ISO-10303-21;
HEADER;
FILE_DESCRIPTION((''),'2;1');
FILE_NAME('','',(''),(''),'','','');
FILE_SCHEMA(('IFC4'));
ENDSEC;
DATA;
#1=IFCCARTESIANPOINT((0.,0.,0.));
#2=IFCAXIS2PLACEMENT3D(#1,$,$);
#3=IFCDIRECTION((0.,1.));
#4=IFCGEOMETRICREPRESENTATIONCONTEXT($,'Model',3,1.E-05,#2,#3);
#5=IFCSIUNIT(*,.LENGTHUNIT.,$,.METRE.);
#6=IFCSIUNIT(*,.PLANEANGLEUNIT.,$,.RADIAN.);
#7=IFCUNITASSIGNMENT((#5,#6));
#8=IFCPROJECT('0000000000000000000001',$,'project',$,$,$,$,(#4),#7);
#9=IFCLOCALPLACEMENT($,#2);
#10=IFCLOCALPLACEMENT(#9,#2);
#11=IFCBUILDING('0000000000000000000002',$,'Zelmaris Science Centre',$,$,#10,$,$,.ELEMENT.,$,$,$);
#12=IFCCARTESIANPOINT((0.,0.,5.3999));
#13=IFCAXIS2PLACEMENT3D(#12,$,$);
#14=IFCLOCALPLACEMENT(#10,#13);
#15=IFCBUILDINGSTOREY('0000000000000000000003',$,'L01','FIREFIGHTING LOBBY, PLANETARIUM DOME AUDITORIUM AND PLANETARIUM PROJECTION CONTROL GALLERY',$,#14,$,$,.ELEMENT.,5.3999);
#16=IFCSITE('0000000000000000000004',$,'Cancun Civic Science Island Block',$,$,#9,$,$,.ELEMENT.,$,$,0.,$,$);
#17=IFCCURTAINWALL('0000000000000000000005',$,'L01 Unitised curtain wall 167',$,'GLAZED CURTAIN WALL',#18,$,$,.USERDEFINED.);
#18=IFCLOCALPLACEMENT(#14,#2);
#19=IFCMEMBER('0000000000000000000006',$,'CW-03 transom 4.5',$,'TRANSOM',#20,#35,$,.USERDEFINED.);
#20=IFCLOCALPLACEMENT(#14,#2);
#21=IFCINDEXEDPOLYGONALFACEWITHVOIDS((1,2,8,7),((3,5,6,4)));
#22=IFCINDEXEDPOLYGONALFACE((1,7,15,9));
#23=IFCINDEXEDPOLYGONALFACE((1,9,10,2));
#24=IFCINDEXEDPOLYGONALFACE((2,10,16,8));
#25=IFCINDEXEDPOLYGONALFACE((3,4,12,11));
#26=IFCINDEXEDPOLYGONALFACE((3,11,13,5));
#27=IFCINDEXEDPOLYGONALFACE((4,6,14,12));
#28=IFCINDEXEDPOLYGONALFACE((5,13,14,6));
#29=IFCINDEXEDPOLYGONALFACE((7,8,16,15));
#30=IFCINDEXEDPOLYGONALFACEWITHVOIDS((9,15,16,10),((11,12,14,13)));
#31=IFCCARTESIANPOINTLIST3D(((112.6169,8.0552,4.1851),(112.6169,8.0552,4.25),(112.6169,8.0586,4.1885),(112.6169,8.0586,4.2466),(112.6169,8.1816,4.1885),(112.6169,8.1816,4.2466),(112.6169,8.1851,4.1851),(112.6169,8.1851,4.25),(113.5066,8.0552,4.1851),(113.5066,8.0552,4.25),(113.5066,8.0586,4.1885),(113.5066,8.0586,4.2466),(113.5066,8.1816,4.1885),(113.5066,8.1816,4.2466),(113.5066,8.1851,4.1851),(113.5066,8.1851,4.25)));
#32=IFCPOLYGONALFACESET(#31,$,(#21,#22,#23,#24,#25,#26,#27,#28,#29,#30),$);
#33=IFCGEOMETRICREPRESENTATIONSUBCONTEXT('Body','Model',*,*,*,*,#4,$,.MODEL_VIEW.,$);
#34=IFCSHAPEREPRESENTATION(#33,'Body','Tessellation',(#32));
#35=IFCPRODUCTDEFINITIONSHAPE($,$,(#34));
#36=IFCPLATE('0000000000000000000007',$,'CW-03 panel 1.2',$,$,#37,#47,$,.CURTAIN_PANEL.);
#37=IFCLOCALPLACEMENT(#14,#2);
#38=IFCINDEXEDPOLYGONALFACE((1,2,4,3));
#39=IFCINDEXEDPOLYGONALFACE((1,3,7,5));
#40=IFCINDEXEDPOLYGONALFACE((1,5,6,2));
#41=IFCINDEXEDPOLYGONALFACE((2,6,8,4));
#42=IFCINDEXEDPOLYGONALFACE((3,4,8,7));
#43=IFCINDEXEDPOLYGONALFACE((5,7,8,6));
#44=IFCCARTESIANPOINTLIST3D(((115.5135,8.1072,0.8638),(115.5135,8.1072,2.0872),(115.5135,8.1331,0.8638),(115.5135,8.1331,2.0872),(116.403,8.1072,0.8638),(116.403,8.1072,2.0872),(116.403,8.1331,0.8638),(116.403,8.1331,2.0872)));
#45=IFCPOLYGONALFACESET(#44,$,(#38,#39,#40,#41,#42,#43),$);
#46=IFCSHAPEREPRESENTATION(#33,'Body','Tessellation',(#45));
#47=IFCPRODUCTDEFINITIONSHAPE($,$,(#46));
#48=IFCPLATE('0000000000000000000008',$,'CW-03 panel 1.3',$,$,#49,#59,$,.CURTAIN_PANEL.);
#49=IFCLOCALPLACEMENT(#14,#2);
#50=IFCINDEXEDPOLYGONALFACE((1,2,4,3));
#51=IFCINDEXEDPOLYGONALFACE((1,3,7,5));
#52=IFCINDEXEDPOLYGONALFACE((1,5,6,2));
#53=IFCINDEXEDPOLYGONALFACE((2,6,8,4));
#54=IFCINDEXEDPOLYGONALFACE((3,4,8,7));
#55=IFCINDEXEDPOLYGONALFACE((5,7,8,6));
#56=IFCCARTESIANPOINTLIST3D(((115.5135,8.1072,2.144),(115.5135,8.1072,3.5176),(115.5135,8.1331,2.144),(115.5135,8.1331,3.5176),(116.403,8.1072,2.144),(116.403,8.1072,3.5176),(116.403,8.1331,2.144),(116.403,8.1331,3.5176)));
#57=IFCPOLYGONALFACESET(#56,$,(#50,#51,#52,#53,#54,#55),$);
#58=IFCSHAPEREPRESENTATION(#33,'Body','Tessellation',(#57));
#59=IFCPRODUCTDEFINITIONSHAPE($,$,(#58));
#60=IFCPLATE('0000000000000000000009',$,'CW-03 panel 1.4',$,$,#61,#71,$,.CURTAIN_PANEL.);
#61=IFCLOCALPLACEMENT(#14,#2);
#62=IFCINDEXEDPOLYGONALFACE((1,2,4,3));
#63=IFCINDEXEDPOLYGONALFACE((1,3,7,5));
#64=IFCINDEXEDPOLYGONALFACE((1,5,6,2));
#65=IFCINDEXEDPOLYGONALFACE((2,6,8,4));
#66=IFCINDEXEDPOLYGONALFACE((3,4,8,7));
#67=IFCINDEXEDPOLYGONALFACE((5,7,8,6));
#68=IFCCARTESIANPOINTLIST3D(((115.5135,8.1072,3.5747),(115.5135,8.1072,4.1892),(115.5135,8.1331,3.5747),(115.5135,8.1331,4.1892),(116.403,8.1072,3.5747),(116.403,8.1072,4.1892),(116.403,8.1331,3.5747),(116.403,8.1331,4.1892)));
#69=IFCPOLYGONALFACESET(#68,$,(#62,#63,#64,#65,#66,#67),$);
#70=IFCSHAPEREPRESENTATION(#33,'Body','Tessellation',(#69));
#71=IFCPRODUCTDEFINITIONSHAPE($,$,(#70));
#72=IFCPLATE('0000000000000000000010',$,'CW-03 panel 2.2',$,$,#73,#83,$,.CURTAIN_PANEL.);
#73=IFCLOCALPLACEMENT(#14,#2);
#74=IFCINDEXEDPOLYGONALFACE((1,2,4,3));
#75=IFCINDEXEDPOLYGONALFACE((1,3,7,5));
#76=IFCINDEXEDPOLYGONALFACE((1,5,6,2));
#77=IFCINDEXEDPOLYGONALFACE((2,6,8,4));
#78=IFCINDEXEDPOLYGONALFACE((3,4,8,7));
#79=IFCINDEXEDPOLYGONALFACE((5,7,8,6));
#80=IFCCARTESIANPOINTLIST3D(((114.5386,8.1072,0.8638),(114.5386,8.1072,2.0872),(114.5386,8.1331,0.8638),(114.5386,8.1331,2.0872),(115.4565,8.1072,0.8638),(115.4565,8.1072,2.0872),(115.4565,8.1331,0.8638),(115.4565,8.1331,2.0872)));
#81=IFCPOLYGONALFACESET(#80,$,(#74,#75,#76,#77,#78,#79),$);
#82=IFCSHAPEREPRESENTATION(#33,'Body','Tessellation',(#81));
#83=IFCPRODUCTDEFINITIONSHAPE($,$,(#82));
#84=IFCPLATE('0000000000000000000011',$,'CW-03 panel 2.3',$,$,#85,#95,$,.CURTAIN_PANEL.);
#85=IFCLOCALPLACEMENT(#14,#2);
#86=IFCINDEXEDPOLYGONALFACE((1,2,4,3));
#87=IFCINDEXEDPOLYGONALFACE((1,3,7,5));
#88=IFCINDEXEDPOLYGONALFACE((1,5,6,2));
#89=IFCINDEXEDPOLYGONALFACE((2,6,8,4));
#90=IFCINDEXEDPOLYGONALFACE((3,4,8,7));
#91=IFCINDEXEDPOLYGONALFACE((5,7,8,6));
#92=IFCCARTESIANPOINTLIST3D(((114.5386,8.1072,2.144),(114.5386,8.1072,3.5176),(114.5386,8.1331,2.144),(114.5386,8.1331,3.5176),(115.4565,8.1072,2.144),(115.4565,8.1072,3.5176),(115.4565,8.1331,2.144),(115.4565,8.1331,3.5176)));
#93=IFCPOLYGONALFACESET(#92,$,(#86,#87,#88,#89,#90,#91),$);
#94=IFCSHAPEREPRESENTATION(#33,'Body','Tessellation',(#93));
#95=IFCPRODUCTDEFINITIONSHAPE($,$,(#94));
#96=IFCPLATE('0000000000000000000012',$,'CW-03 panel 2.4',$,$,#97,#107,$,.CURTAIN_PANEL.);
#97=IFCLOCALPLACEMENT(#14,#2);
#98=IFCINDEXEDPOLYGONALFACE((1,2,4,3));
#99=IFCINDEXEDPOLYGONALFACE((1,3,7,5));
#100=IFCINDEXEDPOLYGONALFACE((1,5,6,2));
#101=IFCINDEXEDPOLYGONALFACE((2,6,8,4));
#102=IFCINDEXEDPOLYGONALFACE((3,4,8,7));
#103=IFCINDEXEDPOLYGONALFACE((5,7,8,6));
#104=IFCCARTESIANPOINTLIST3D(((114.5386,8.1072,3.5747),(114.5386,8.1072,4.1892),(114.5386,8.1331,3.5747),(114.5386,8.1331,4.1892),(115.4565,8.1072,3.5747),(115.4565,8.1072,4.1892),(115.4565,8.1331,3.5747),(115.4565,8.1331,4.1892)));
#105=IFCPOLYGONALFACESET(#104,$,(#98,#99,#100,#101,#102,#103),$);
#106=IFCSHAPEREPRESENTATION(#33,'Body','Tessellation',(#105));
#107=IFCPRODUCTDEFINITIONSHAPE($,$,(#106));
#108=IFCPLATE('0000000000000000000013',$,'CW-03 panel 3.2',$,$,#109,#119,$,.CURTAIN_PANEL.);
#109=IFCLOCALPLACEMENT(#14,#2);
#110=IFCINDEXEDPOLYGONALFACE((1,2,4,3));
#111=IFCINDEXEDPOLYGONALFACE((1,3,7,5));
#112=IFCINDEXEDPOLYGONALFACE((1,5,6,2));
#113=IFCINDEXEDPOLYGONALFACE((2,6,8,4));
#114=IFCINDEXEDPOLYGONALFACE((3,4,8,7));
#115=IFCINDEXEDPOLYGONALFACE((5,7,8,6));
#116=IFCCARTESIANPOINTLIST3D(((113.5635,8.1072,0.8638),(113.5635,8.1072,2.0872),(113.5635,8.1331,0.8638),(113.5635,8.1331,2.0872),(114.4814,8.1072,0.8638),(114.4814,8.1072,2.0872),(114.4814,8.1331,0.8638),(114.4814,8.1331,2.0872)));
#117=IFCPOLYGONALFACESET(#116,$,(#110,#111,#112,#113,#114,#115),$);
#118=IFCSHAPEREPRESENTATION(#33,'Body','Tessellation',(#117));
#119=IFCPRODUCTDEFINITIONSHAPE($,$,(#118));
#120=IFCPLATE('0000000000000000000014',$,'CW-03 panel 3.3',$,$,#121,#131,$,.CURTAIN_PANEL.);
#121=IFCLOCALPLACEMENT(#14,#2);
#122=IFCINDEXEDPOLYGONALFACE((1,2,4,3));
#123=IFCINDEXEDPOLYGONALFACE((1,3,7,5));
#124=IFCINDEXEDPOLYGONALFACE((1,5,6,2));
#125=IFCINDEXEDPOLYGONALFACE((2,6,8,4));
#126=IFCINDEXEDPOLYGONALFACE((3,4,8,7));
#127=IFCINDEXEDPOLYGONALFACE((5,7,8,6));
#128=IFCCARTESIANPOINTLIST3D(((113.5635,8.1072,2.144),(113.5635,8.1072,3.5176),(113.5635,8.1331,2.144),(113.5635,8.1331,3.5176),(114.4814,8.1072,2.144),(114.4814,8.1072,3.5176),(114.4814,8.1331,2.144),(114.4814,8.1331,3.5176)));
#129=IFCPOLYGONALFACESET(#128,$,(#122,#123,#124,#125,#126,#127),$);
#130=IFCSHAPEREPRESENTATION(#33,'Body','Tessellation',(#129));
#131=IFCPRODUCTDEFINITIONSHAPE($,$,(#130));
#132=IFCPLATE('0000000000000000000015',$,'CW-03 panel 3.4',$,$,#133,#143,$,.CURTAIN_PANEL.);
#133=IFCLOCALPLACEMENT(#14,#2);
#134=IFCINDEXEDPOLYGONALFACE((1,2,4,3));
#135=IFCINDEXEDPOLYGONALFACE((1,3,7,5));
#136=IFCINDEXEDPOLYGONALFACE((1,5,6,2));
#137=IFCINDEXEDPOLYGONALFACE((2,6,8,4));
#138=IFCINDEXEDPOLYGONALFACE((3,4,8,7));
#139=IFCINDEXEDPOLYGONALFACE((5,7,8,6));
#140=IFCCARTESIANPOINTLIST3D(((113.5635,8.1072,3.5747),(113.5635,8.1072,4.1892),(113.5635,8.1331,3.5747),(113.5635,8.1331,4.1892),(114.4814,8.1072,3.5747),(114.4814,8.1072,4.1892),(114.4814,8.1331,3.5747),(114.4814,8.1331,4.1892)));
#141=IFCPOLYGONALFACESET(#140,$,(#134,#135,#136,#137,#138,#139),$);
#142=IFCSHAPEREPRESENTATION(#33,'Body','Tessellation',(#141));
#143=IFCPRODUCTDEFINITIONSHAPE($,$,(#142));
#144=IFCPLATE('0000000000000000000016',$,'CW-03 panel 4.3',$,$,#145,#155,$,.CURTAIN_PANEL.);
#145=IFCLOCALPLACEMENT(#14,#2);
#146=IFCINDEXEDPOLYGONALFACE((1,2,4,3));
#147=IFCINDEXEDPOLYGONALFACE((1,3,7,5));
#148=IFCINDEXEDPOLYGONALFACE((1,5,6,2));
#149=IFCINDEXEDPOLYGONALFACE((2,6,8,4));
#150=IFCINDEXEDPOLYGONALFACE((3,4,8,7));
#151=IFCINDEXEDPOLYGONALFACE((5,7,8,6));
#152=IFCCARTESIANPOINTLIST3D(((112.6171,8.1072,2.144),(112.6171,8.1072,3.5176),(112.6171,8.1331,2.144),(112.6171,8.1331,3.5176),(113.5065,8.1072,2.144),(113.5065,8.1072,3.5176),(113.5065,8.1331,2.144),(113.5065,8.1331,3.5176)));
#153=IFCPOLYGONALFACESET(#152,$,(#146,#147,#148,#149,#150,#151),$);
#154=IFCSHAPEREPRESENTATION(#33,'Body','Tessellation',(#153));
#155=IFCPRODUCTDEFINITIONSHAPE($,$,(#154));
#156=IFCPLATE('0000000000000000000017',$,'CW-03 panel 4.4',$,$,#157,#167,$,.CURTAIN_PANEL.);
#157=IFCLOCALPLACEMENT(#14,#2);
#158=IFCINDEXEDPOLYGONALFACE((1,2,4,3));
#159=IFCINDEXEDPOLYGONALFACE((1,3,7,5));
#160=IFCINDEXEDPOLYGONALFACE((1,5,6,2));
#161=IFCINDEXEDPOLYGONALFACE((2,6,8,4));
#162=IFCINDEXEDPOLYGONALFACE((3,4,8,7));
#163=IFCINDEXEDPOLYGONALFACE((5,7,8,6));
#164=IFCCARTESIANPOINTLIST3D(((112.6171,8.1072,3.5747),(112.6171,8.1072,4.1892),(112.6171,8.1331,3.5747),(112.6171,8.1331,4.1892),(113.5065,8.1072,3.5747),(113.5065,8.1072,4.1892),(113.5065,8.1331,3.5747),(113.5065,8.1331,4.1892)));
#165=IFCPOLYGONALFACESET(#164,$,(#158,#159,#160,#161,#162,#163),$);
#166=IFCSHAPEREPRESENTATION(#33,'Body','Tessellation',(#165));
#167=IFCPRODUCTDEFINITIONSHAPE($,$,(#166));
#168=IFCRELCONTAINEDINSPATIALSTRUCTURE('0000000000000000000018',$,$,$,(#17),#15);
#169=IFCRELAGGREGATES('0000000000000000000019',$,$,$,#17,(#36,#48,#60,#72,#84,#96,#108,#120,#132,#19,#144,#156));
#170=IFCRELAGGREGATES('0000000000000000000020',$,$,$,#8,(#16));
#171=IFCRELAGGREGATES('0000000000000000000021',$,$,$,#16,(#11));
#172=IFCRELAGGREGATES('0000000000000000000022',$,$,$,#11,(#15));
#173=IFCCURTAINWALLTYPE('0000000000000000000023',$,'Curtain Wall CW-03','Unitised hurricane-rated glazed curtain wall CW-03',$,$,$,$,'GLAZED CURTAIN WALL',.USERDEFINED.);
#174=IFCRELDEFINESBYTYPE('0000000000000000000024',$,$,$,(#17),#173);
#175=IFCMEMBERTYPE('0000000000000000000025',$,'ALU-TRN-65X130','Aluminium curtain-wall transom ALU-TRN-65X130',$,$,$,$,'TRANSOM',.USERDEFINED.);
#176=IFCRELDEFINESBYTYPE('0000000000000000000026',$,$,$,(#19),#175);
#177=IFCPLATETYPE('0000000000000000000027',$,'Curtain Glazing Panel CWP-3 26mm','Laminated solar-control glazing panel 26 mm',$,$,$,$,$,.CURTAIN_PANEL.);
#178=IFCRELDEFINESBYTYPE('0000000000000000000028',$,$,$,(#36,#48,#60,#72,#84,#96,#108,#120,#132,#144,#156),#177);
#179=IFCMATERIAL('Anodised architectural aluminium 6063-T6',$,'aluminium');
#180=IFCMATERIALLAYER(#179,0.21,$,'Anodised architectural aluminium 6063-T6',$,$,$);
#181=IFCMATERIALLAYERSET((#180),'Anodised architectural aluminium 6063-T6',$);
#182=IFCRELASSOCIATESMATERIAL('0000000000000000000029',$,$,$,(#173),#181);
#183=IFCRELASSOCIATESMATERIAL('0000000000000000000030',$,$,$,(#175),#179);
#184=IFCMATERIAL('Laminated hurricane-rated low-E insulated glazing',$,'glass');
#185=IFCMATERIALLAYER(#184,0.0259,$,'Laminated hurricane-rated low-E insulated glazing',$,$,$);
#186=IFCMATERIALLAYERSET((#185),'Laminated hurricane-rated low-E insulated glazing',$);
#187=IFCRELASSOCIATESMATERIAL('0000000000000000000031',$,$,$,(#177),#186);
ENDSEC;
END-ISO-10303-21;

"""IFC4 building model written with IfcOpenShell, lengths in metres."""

from ifc_helpers import new_model, si_unit, direction, frame, origin, origin_2d, place, context, subcontext, project, spatial, rectangle, hollow_rectangle, extrude, material, layer, layer_set, material_profile, profile_set, type_object, element, aggregate, save


model = new_model("IFC4")

# Units and contexts
model_context = context("Model", 3, precision=1e-05, world=origin(), true_north=direction((0.0, 1.0)))
body_context = subcontext(model_context, "Body", "Model", "MODEL_VIEW")
ifc_project = project(units=[si_unit("LENGTHUNIT", "METRE"), si_unit("PLANEANGLEUNIT", "RADIAN")], contexts=[model_context])

# Site, building, storey
site_placement = place(None, origin())
site = spatial("IfcSite", under=ifc_project, at=site_placement, Name="Cancun Civic Science Island Block", CompositionType="ELEMENT", RefElevation=0.0)
building_placement = place(site_placement, origin())
building = spatial("IfcBuilding", under=site, at=building_placement, Name="Zelmaris Science Centre", CompositionType="ELEMENT")
storey_placement = place(building_placement, frame((0.0, 0.0, 5.3999)))
storey = spatial("IfcBuildingStorey", under=building, at=storey_placement, Name="L01", Description="FIREFIGHTING LOBBY, PLANETARIUM DOME AUDITORIUM AND PLANETARIUM PROJECTION CONTROL GALLERY", CompositionType="ELEMENT", Elevation=5.3999)

# Curtain wall, member, plates
ifc_material_1 = material(Name="Anodised architectural aluminium 6063-T6", Category="aluminium")
ifc_layer_1 = layer(ifc_material_1, 0.21, Name="Anodised architectural aluminium 6063-T6")
ifc_layer_set_1 = layer_set([ifc_layer_1], Name="Anodised architectural aluminium 6063-T6")
curtain_wall_type = type_object("IfcCurtainWallType", Name="Curtain Wall CW-03", Description="Unitised hurricane-rated glazed curtain wall CW-03", ElementType="GLAZED CURTAIN WALL", PredefinedType="USERDEFINED", material=ifc_layer_set_1)
curtain_wall_placement = place(storey_placement, origin())
curtain_wall = element("IfcCurtainWall", 1, at=curtain_wall_placement, inside=storey, type_object=curtain_wall_type, Name="L01 Unitised curtain wall 167", ObjectType="GLAZED CURTAIN WALL", PredefinedType="USERDEFINED")
ifc_material_profile = material_profile(ifc_material_1, hollow_rectangle(XDim=0.0649, YDim=0.1299, WallThickness=0.0034, at=origin_2d()), Name="ALU-TRN-65X130")
ifc_profile_set = profile_set([ifc_material_profile], Name="Anodised architectural aluminium 6063-T6")
member_type = type_object("IfcMemberType", Name="ALU-TRN-65X130", Description="Aluminium curtain-wall transom ALU-TRN-65X130", ElementType="TRANSOM", PredefinedType="USERDEFINED", material=ifc_profile_set)
member_1_placement = place(storey_placement, frame((113.5066, 8.1201, 4.2175), z_axis=(-1.0, 0.0, 0.0), x_axis=(0.0, 0.0, 1.0)))
member_1 = element("IfcMember", 2, at=member_1_placement, type_object=member_type, Name="CW-03 transom 4.5", ObjectType="TRANSOM", PredefinedType="USERDEFINED", context=body_context, shape_type="SweptSolid", body=[
    extrude(hollow_rectangle(XDim=0.0649, YDim=0.1299, WallThickness=0.0034, at=origin_2d()), origin(), (0.0, 0.0, 1.0), 0.8896),
])
ifc_material_2 = material(Name="Laminated hurricane-rated low-E insulated glazing", Category="glass")
ifc_layer_2 = layer(ifc_material_2, 0.0259, Name="Laminated hurricane-rated low-E insulated glazing")
ifc_layer_set_2 = layer_set([ifc_layer_2], Name="Laminated hurricane-rated low-E insulated glazing")
plate_type = type_object("IfcPlateType", Name="Curtain Glazing Panel CWP-3 26mm", Description="Laminated solar-control glazing panel 26 mm", PredefinedType="CURTAIN_PANEL", material=ifc_layer_set_2)
plate_1_placement = place(storey_placement, frame((115.9583, 8.1201, 0.8638), z_axis=(0.0, 0.0, 1.0), x_axis=(-1.0, 0.0, 0.0)))
plate_1 = element("IfcPlate", 3, at=plate_1_placement, type_object=plate_type, Name="CW-03 panel 1.2", PredefinedType="CURTAIN_PANEL", context=body_context, shape_type="SweptSolid", body=[
    extrude(rectangle(XDim=0.8894, YDim=0.0259, at=origin_2d()), origin(), (0.0, 0.0, 1.0), 1.2234),
])
plate_2_placement = place(storey_placement, frame((115.9583, 8.1201, 2.144), z_axis=(0.0, 0.0, 1.0), x_axis=(-1.0, 0.0, 0.0)))
plate_2 = element("IfcPlate", 4, at=plate_2_placement, type_object=plate_type, Name="CW-03 panel 1.3", PredefinedType="CURTAIN_PANEL", context=body_context, shape_type="SweptSolid", body=[
    extrude(rectangle(XDim=0.8894, YDim=0.0259, at=origin_2d()), origin(), (0.0, 0.0, 1.0), 1.3735),
])
plate_3_placement = place(storey_placement, frame((115.9583, 8.1201, 3.5747), z_axis=(0.0, 0.0, 1.0), x_axis=(-1.0, 0.0, 0.0)))
plate_3 = element("IfcPlate", 5, at=plate_3_placement, type_object=plate_type, Name="CW-03 panel 1.4", PredefinedType="CURTAIN_PANEL", context=body_context, shape_type="SweptSolid", body=[
    extrude(rectangle(XDim=0.8894, YDim=0.0259, at=origin_2d()), origin(), (0.0, 0.0, 1.0), 0.6145),
])
plate_4_placement = place(storey_placement, frame((114.9976, 8.1201, 0.8638), z_axis=(0.0, 0.0, 1.0), x_axis=(-1.0, 0.0, 0.0)))
plate_4 = element("IfcPlate", 6, at=plate_4_placement, type_object=plate_type, Name="CW-03 panel 2.2", PredefinedType="CURTAIN_PANEL", context=body_context, shape_type="SweptSolid", body=[
    extrude(rectangle(XDim=0.918, YDim=0.0259, at=origin_2d()), origin(), (0.0, 0.0, 1.0), 1.2234),
])
plate_5_placement = place(storey_placement, frame((114.9976, 8.1201, 2.144), z_axis=(0.0, 0.0, 1.0), x_axis=(-1.0, 0.0, 0.0)))
plate_5 = element("IfcPlate", 7, at=plate_5_placement, type_object=plate_type, Name="CW-03 panel 2.3", PredefinedType="CURTAIN_PANEL", context=body_context, shape_type="SweptSolid", body=[
    extrude(rectangle(XDim=0.918, YDim=0.0259, at=origin_2d()), origin(), (0.0, 0.0, 1.0), 1.3735),
])
plate_6_placement = place(storey_placement, frame((114.9976, 8.1201, 3.5747), z_axis=(0.0, 0.0, 1.0), x_axis=(-1.0, 0.0, 0.0)))
plate_6 = element("IfcPlate", 8, at=plate_6_placement, type_object=plate_type, Name="CW-03 panel 2.4", PredefinedType="CURTAIN_PANEL", context=body_context, shape_type="SweptSolid", body=[
    extrude(rectangle(XDim=0.918, YDim=0.0259, at=origin_2d()), origin(), (0.0, 0.0, 1.0), 0.6145),
])
plate_7_placement = place(storey_placement, frame((114.0225, 8.1201, 0.8638), z_axis=(0.0, 0.0, 1.0), x_axis=(-1.0, 0.0, 0.0)))
plate_7 = element("IfcPlate", 9, at=plate_7_placement, type_object=plate_type, Name="CW-03 panel 3.2", PredefinedType="CURTAIN_PANEL", context=body_context, shape_type="SweptSolid", body=[
    extrude(rectangle(XDim=0.918, YDim=0.0259, at=origin_2d()), origin(), (0.0, 0.0, 1.0), 1.2234),
])
plate_8_placement = place(storey_placement, frame((114.0225, 8.1201, 2.144), z_axis=(0.0, 0.0, 1.0), x_axis=(-1.0, 0.0, 0.0)))
plate_8 = element("IfcPlate", 10, at=plate_8_placement, type_object=plate_type, Name="CW-03 panel 3.3", PredefinedType="CURTAIN_PANEL", context=body_context, shape_type="SweptSolid", body=[
    extrude(rectangle(XDim=0.918, YDim=0.0259, at=origin_2d()), origin(), (0.0, 0.0, 1.0), 1.3735),
])
plate_9_placement = place(storey_placement, frame((114.0225, 8.1201, 3.5747), z_axis=(0.0, 0.0, 1.0), x_axis=(-1.0, 0.0, 0.0)))
plate_9 = element("IfcPlate", 11, at=plate_9_placement, type_object=plate_type, Name="CW-03 panel 3.4", PredefinedType="CURTAIN_PANEL", context=body_context, shape_type="SweptSolid", body=[
    extrude(rectangle(XDim=0.918, YDim=0.0259, at=origin_2d()), origin(), (0.0, 0.0, 1.0), 0.6145),
])
plate_10_placement = place(storey_placement, frame((113.0618, 8.1201, 2.144), z_axis=(0.0, 0.0, 1.0), x_axis=(-1.0, 0.0, 0.0)))
plate_10 = element("IfcPlate", 12, at=plate_10_placement, type_object=plate_type, Name="CW-03 panel 4.3", PredefinedType="CURTAIN_PANEL", context=body_context, shape_type="SweptSolid", body=[
    extrude(rectangle(XDim=0.8894, YDim=0.0259, at=origin_2d()), origin(), (0.0, 0.0, 1.0), 1.3735),
])
plate_11_placement = place(storey_placement, frame((113.0618, 8.1201, 3.5747), z_axis=(0.0, 0.0, 1.0), x_axis=(-1.0, 0.0, 0.0)))
plate_11 = element("IfcPlate", 13, at=plate_11_placement, type_object=plate_type, Name="CW-03 panel 4.4", PredefinedType="CURTAIN_PANEL", context=body_context, shape_type="SweptSolid", body=[
    extrude(rectangle(XDim=0.8894, YDim=0.0259, at=origin_2d()), origin(), (0.0, 0.0, 1.0), 0.6145),
])
aggregate(curtain_wall, [plate_1, plate_2, plate_3, plate_4, plate_5, plate_6, plate_7, plate_8, plate_9, member_1, plate_10, plate_11])

save(model, "model.ifc")
